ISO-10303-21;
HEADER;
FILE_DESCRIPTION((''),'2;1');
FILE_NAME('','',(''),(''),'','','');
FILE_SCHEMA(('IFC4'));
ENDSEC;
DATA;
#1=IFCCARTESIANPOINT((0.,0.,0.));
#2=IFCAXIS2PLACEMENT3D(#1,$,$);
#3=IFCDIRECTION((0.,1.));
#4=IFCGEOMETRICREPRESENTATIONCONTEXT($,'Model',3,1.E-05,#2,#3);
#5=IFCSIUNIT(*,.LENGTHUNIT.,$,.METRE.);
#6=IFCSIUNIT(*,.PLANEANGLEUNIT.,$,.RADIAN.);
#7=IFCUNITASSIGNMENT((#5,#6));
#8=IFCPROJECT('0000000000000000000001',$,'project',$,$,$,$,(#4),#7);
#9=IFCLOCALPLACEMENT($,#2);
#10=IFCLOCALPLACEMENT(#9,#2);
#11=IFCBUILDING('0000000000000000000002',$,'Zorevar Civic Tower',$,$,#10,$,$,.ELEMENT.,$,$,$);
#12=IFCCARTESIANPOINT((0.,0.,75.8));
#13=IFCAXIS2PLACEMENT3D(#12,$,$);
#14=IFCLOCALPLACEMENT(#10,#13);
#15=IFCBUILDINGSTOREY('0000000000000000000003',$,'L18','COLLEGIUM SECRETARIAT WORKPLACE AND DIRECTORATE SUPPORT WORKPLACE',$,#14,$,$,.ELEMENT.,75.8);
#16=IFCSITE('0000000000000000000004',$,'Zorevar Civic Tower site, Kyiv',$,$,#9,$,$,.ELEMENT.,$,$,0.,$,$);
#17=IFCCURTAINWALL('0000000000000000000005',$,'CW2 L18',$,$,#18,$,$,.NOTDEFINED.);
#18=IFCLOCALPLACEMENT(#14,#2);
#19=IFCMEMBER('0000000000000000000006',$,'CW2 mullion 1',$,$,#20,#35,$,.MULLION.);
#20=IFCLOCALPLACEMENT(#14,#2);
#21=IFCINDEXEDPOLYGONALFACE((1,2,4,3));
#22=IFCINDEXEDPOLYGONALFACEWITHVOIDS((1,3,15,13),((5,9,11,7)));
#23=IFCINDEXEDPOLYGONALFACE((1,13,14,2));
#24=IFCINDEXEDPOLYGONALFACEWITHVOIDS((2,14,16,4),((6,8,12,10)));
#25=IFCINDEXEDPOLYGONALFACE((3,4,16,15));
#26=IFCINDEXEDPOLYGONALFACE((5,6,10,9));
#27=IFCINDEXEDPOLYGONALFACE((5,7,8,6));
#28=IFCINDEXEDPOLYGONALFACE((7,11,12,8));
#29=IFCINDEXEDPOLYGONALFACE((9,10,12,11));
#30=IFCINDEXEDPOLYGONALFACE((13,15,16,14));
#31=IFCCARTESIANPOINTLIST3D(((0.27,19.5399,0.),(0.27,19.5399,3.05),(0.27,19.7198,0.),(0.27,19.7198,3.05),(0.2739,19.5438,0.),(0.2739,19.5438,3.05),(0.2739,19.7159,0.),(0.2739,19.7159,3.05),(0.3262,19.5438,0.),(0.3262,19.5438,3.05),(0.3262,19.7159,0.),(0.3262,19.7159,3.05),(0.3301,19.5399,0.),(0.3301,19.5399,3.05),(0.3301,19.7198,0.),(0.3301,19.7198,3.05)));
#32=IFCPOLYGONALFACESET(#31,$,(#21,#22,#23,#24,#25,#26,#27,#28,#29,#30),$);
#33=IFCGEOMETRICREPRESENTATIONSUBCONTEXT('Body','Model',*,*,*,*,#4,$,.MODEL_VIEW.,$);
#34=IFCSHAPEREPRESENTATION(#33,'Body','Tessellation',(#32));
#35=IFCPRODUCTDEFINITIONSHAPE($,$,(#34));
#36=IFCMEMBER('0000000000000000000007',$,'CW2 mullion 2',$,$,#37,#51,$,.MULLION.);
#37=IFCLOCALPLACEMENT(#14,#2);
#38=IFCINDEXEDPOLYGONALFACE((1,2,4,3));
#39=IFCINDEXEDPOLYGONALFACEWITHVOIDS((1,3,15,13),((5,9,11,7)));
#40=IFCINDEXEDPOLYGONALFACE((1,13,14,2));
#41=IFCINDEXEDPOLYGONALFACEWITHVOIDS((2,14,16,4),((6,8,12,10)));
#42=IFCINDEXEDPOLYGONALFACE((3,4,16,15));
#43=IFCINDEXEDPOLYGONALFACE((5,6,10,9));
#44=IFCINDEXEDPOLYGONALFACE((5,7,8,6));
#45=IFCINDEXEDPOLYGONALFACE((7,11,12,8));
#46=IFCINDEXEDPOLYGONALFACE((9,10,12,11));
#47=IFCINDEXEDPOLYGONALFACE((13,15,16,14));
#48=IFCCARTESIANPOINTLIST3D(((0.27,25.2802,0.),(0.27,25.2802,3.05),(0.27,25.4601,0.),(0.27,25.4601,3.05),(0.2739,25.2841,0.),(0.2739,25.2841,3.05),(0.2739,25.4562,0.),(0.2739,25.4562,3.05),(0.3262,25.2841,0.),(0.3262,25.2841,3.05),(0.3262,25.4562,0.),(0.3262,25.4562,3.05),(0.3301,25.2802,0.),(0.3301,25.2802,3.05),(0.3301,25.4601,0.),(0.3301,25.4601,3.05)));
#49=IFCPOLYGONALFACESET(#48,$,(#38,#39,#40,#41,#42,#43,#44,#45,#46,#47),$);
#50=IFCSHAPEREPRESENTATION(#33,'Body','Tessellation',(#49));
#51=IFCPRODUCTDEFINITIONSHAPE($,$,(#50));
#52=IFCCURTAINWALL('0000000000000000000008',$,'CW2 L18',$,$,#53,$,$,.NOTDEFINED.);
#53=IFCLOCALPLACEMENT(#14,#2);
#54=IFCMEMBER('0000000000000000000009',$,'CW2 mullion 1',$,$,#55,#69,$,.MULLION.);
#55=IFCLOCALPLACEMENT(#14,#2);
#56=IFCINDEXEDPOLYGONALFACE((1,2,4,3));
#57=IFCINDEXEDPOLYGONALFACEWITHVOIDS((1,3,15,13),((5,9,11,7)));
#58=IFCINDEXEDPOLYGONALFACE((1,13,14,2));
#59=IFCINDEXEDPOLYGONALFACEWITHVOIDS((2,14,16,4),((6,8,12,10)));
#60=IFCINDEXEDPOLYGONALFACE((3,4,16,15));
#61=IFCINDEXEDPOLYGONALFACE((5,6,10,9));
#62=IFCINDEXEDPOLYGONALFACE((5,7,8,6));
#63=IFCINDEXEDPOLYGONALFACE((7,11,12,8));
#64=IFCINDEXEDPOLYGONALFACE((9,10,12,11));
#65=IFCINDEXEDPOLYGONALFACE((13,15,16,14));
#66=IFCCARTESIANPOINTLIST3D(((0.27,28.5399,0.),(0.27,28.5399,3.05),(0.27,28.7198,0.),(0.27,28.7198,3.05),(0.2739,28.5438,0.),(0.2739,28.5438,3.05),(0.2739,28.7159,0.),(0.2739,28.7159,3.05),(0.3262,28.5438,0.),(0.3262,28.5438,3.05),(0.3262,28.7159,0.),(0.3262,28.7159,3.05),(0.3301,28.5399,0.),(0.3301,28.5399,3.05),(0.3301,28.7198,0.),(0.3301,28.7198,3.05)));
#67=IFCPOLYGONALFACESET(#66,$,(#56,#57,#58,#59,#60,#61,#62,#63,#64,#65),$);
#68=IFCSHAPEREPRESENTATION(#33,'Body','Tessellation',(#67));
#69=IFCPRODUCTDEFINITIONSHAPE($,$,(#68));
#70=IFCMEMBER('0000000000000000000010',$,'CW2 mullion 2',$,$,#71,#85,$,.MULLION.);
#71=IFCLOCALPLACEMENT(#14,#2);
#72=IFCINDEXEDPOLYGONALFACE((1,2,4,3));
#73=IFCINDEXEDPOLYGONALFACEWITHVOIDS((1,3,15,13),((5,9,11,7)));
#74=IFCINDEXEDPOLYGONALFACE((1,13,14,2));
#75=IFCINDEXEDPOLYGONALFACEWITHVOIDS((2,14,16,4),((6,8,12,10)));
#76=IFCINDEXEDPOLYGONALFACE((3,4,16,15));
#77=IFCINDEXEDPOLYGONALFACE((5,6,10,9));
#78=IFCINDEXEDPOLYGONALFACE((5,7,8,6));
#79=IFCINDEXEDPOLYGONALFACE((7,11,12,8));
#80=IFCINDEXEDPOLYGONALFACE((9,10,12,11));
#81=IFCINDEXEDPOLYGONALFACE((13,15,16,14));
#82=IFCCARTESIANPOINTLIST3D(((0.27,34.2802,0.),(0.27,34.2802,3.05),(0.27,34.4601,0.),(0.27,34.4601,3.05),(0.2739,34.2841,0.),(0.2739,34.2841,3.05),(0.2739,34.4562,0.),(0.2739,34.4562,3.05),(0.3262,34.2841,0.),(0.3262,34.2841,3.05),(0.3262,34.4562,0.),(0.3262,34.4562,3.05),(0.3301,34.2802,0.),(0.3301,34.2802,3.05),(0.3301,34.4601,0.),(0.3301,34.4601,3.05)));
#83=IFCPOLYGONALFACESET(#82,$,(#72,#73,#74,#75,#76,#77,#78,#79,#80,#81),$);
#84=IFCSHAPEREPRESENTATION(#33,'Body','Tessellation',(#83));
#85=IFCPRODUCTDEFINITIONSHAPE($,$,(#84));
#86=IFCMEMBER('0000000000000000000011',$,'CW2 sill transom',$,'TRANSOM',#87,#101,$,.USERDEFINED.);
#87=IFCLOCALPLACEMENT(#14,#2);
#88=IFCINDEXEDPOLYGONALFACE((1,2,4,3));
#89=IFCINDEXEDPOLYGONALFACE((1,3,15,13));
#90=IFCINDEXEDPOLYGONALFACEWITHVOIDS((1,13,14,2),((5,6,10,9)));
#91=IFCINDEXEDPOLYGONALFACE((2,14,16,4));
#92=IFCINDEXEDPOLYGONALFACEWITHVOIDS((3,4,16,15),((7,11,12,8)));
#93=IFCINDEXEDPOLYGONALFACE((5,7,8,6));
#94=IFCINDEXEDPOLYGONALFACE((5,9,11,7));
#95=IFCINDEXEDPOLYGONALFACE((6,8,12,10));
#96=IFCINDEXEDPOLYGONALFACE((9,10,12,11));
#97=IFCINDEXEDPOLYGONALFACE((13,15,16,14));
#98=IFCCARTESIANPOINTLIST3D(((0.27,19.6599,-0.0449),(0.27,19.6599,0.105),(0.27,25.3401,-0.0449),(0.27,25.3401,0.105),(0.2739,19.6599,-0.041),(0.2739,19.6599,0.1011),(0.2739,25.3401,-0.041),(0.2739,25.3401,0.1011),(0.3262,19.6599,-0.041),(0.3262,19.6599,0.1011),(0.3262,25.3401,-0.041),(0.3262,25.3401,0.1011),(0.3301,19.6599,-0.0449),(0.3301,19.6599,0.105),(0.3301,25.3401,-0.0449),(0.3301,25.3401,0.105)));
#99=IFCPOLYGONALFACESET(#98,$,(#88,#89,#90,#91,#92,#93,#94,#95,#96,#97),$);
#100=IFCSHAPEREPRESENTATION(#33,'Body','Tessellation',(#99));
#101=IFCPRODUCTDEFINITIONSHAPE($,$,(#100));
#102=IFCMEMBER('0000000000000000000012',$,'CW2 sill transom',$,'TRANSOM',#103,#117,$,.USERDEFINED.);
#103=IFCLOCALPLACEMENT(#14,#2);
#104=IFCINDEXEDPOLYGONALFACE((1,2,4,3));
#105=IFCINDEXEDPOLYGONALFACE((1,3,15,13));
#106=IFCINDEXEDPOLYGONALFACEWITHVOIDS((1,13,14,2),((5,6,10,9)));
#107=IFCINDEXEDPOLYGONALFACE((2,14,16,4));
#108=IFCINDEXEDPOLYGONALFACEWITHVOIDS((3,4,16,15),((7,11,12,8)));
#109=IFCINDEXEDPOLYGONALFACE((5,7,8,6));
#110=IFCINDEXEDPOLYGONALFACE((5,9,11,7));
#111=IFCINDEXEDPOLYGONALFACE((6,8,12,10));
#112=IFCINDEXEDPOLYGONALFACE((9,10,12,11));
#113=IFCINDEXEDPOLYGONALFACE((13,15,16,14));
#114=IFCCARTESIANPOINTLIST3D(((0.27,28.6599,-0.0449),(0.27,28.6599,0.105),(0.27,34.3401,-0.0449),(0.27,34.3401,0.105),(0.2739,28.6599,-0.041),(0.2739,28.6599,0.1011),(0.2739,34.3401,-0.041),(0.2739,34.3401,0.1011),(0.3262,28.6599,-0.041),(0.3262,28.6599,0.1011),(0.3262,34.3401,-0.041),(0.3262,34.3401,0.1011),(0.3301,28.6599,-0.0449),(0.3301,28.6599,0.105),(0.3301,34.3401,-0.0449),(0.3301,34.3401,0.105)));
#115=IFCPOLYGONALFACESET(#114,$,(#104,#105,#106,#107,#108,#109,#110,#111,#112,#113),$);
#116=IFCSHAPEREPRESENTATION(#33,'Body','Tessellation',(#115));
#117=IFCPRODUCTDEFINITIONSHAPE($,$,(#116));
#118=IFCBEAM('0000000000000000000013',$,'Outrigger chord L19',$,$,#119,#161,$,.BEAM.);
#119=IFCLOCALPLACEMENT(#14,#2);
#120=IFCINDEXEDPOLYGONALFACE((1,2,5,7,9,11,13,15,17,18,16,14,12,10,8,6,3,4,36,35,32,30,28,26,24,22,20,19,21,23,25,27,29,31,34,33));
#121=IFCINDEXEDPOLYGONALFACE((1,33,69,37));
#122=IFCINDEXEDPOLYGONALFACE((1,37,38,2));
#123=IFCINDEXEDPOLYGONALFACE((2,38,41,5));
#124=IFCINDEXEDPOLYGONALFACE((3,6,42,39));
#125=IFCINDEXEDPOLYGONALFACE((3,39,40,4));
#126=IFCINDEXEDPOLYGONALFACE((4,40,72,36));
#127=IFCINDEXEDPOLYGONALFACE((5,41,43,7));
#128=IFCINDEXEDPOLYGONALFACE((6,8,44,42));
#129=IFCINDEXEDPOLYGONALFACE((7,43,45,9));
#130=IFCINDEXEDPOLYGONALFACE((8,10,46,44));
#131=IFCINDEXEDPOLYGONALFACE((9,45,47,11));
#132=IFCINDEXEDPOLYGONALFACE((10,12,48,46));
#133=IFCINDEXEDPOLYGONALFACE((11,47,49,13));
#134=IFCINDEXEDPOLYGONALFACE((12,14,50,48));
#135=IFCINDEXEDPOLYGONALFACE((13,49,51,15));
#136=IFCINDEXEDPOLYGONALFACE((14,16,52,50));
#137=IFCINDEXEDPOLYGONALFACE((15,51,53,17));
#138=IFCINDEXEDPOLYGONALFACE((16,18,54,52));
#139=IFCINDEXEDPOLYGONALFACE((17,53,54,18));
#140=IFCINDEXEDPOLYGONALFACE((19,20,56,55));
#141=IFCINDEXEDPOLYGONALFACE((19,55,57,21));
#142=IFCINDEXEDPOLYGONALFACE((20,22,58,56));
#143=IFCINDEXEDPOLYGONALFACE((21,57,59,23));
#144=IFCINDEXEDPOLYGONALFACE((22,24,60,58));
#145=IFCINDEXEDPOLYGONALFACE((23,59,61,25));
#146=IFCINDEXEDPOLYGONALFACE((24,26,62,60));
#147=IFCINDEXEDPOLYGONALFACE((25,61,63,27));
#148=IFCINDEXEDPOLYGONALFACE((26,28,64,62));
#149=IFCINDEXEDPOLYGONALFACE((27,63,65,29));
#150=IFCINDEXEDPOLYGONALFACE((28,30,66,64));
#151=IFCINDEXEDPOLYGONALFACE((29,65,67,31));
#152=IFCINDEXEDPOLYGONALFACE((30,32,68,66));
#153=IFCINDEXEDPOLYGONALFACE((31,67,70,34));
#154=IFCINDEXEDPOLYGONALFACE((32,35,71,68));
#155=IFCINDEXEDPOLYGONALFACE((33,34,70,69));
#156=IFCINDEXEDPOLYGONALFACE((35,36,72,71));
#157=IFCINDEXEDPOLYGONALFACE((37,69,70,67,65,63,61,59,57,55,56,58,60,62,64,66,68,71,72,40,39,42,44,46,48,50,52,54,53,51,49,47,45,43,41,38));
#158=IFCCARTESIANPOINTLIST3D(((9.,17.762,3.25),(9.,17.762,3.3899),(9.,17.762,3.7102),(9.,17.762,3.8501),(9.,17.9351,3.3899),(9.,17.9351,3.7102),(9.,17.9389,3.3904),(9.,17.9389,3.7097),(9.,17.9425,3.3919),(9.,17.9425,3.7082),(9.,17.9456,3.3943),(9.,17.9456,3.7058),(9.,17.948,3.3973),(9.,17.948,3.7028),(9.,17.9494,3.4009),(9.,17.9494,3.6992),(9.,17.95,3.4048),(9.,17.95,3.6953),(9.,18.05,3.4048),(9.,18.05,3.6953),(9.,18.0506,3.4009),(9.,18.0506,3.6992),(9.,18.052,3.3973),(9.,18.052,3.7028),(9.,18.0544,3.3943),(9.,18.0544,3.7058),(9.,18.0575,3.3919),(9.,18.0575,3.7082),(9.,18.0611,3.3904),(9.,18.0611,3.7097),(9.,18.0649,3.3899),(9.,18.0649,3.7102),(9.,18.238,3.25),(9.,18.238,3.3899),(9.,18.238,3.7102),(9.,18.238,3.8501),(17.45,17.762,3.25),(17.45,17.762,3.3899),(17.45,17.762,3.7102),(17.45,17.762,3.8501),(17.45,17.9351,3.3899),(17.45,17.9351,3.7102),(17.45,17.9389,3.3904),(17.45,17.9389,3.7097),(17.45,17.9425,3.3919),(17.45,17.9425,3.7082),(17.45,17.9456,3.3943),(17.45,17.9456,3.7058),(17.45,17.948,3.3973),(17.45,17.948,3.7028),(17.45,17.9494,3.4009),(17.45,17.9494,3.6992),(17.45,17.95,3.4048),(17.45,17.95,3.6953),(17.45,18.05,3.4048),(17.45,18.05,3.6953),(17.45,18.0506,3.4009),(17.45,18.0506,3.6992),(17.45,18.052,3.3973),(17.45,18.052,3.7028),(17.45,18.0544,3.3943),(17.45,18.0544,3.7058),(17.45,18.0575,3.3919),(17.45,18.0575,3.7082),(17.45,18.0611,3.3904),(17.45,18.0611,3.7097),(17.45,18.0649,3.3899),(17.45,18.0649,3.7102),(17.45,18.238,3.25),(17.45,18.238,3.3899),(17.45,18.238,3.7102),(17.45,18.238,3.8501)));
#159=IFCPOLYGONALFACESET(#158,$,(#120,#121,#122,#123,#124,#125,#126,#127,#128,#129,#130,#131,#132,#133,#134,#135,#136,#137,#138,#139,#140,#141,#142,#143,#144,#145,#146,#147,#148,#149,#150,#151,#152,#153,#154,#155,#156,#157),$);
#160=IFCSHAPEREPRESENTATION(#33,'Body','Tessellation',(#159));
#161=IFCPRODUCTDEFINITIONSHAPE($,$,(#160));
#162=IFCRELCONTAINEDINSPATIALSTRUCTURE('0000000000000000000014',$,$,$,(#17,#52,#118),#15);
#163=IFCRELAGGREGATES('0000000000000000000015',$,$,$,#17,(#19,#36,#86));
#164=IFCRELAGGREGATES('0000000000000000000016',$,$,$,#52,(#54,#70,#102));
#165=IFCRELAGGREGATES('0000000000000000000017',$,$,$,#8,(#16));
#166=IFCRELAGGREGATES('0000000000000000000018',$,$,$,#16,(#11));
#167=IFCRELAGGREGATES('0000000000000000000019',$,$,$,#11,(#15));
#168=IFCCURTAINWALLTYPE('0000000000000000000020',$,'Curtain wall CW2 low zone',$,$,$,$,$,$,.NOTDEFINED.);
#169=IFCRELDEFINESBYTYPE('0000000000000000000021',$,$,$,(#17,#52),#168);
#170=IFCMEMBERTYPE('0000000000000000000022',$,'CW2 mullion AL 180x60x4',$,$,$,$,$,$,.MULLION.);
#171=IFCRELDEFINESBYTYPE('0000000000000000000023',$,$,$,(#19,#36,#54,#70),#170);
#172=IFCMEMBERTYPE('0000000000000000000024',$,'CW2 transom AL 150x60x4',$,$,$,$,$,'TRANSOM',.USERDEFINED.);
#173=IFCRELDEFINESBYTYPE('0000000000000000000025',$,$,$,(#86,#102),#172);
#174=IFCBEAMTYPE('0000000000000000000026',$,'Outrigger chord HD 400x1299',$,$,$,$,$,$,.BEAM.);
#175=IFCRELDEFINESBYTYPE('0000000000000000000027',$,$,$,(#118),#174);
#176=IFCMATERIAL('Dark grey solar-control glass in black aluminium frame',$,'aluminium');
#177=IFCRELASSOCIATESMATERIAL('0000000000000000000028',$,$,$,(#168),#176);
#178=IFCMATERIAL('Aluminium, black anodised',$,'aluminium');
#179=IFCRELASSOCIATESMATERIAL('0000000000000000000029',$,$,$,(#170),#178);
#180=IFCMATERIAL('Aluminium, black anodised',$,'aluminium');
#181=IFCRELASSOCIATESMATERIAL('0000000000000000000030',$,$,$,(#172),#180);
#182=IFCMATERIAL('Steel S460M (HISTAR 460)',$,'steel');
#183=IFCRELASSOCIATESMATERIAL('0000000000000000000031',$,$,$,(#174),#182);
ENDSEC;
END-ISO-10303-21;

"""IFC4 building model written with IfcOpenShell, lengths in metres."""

from ifc_helpers import new_model, si_unit, direction, frame, origin, origin_2d, place, context, subcontext, project, spatial, hollow_rectangle, i_section, extrude, material, material_profile, profile_set, type_object, element, aggregate, save


model = new_model("IFC4")

# Units and contexts
model_context = context("Model", 3, precision=1e-05, world=origin(), true_north=direction((0.0, 1.0)))
body_context = subcontext(model_context, "Body", "Model", "MODEL_VIEW")
ifc_project = project(units=[si_unit("LENGTHUNIT", "METRE"), si_unit("PLANEANGLEUNIT", "RADIAN")], contexts=[model_context])

# Site, building, storey
site_placement = place(None, origin())
site = spatial("IfcSite", under=ifc_project, at=site_placement, Name="Zorevar Civic Tower site, Kyiv", CompositionType="ELEMENT", RefElevation=0.0)
building_placement = place(site_placement, origin())
building = spatial("IfcBuilding", under=site, at=building_placement, Name="Zorevar Civic Tower", CompositionType="ELEMENT")
storey_placement = place(building_placement, frame((0.0, 0.0, 75.8)))
storey = spatial("IfcBuildingStorey", under=building, at=storey_placement, Name="L18", Description="COLLEGIUM SECRETARIAT WORKPLACE AND DIRECTORATE SUPPORT WORKPLACE", CompositionType="ELEMENT", Elevation=75.8)

# Curtain walls, members
ifc_material_1 = material(Name="Dark grey solar-control glass in black aluminium frame", Category="aluminium")
curtain_wall_type = type_object("IfcCurtainWallType", Name="Curtain wall CW2 low zone", PredefinedType="NOTDEFINED", material=ifc_material_1)
curtain_wall_1_placement = place(storey_placement, origin())
curtain_wall_1 = element("IfcCurtainWall", 1, at=curtain_wall_1_placement, inside=storey, type_object=curtain_wall_type, Name="CW2 L18", PredefinedType="NOTDEFINED")
ifc_material_2 = material(Name="Aluminium, black anodised", Category="aluminium")
ifc_material_profile_1 = material_profile(ifc_material_2, hollow_rectangle(XDim=0.0601, YDim=0.1799, WallThickness=0.0039, at=origin_2d()), Name="AL 180x60x4")
ifc_profile_set_1 = profile_set([ifc_material_profile_1], Name="Aluminium, black anodised")
member_type_1 = type_object("IfcMemberType", Name="CW2 mullion AL 180x60x4", PredefinedType="MULLION", material=ifc_profile_set_1)
member_1_placement = place(storey_placement, frame((0.3, 19.6299, 0.0), z_axis=(0.0, 0.0, 1.0), x_axis=(-1.0, 0.0, 0.0)))
member_1 = element("IfcMember", 2, at=member_1_placement, type_object=member_type_1, Name="CW2 mullion 1", PredefinedType="MULLION", context=body_context, shape_type="SweptSolid", body=[
    extrude(hollow_rectangle(XDim=0.0601, YDim=0.1799, WallThickness=0.0039, at=origin_2d()), origin(), (0.0, 0.0, 1.0), 3.05),
])
member_2_placement = place(storey_placement, frame((0.3, 25.3701, 0.0), z_axis=(0.0, 0.0, 1.0), x_axis=(-1.0, 0.0, 0.0)))
member_2 = element("IfcMember", 3, at=member_2_placement, type_object=member_type_1, Name="CW2 mullion 2", PredefinedType="MULLION", context=body_context, shape_type="SweptSolid", body=[
    extrude(hollow_rectangle(XDim=0.0601, YDim=0.1799, WallThickness=0.0039, at=origin_2d()), origin(), (0.0, 0.0, 1.0), 3.05),
])
curtain_wall_2_placement = place(storey_placement, origin())
curtain_wall_2 = element("IfcCurtainWall", 4, at=curtain_wall_2_placement, inside=storey, type_object=curtain_wall_type, Name="CW2 L18", PredefinedType="NOTDEFINED")
member_3_placement = place(storey_placement, frame((0.3, 28.6299, 0.0), z_axis=(0.0, 0.0, 1.0), x_axis=(-1.0, 0.0, 0.0)))
member_3 = element("IfcMember", 5, at=member_3_placement, type_object=member_type_1, Name="CW2 mullion 1", PredefinedType="MULLION", context=body_context, shape_type="SweptSolid", body=[
    extrude(hollow_rectangle(XDim=0.0601, YDim=0.1799, WallThickness=0.0039, at=origin_2d()), origin(), (0.0, 0.0, 1.0), 3.05),
])
member_4_placement = place(storey_placement, frame((0.3, 34.3701, 0.0), z_axis=(0.0, 0.0, 1.0), x_axis=(-1.0, 0.0, 0.0)))
member_4 = element("IfcMember", 6, at=member_4_placement, type_object=member_type_1, Name="CW2 mullion 2", PredefinedType="MULLION", context=body_context, shape_type="SweptSolid", body=[
    extrude(hollow_rectangle(XDim=0.0601, YDim=0.1799, WallThickness=0.0039, at=origin_2d()), origin(), (0.0, 0.0, 1.0), 3.05),
])

# Members
ifc_material_3 = material(Name="Aluminium, black anodised", Category="aluminium")
ifc_material_profile_2 = material_profile(ifc_material_3, hollow_rectangle(XDim=0.0601, YDim=0.1499, WallThickness=0.0039, at=origin_2d()), Name="AL 150x60x4")
ifc_profile_set_2 = profile_set([ifc_material_profile_2], Name="Aluminium, black anodised")
member_type_2 = type_object("IfcMemberType", Name="CW2 transom AL 150x60x4", ElementType="TRANSOM", PredefinedType="USERDEFINED", material=ifc_profile_set_2)
member_5_placement = place(storey_placement, frame((0.3, 19.6599, 0.03), z_axis=(0.0, 1.0, 0.0), x_axis=(-1.0, 0.0, 0.0)))
member_5 = element("IfcMember", 7, at=member_5_placement, type_object=member_type_2, Name="CW2 sill transom", ObjectType="TRANSOM", PredefinedType="USERDEFINED", context=body_context, shape_type="SweptSolid", body=[
    extrude(hollow_rectangle(XDim=0.0601, YDim=0.1499, WallThickness=0.0039, at=origin_2d()), origin(), (0.0, 0.0, 1.0), 5.6802),
])
member_6_placement = place(storey_placement, frame((0.3, 28.6599, 0.03), z_axis=(0.0, 1.0, 0.0), x_axis=(-1.0, 0.0, 0.0)))
member_6 = element("IfcMember", 8, at=member_6_placement, type_object=member_type_2, Name="CW2 sill transom", ObjectType="TRANSOM", PredefinedType="USERDEFINED", context=body_context, shape_type="SweptSolid", body=[
    extrude(hollow_rectangle(XDim=0.0601, YDim=0.1499, WallThickness=0.0039, at=origin_2d()), origin(), (0.0, 0.0, 1.0), 5.6802),
])

# Beam
ifc_material_4 = material(Name="Steel S460M (HISTAR 460)", Category="steel")
ifc_material_profile_3 = material_profile(ifc_material_4, i_section(OverallWidth=0.4761, OverallDepth=0.6001, WebThickness=0.1001, FlangeThickness=0.1399, FilletRadius=0.0149, at=origin_2d()), Name="HD 400x1299")
ifc_profile_set_3 = profile_set([ifc_material_profile_3], Name="Steel S460M (HISTAR 460)")
beam_type_1 = type_object("IfcBeamType", Name="Outrigger chord HD 400x1299", PredefinedType="BEAM", material=ifc_profile_set_3)
beam_1_placement = place(storey_placement, frame((9.0, 18.0, 3.55), z_axis=(1.0, 0.0, 0.0), x_axis=(0.0, 1.0, 0.0)))
element("IfcBeam", 9, at=beam_1_placement, inside=storey, type_object=beam_type_1, Name="Outrigger chord L19", PredefinedType="BEAM", context=body_context, shape_type="SweptSolid", body=[
    extrude(i_section(OverallWidth=0.4761, OverallDepth=0.6001, WebThickness=0.1001, FlangeThickness=0.1399, FilletRadius=0.0149, at=origin_2d()), origin(), (0.0, 0.0, 1.0), 8.45),
])

aggregate(curtain_wall_1, [member_1, member_2, member_5])
aggregate(curtain_wall_2, [member_3, member_4, member_6])

save(model, "model.ifc")
